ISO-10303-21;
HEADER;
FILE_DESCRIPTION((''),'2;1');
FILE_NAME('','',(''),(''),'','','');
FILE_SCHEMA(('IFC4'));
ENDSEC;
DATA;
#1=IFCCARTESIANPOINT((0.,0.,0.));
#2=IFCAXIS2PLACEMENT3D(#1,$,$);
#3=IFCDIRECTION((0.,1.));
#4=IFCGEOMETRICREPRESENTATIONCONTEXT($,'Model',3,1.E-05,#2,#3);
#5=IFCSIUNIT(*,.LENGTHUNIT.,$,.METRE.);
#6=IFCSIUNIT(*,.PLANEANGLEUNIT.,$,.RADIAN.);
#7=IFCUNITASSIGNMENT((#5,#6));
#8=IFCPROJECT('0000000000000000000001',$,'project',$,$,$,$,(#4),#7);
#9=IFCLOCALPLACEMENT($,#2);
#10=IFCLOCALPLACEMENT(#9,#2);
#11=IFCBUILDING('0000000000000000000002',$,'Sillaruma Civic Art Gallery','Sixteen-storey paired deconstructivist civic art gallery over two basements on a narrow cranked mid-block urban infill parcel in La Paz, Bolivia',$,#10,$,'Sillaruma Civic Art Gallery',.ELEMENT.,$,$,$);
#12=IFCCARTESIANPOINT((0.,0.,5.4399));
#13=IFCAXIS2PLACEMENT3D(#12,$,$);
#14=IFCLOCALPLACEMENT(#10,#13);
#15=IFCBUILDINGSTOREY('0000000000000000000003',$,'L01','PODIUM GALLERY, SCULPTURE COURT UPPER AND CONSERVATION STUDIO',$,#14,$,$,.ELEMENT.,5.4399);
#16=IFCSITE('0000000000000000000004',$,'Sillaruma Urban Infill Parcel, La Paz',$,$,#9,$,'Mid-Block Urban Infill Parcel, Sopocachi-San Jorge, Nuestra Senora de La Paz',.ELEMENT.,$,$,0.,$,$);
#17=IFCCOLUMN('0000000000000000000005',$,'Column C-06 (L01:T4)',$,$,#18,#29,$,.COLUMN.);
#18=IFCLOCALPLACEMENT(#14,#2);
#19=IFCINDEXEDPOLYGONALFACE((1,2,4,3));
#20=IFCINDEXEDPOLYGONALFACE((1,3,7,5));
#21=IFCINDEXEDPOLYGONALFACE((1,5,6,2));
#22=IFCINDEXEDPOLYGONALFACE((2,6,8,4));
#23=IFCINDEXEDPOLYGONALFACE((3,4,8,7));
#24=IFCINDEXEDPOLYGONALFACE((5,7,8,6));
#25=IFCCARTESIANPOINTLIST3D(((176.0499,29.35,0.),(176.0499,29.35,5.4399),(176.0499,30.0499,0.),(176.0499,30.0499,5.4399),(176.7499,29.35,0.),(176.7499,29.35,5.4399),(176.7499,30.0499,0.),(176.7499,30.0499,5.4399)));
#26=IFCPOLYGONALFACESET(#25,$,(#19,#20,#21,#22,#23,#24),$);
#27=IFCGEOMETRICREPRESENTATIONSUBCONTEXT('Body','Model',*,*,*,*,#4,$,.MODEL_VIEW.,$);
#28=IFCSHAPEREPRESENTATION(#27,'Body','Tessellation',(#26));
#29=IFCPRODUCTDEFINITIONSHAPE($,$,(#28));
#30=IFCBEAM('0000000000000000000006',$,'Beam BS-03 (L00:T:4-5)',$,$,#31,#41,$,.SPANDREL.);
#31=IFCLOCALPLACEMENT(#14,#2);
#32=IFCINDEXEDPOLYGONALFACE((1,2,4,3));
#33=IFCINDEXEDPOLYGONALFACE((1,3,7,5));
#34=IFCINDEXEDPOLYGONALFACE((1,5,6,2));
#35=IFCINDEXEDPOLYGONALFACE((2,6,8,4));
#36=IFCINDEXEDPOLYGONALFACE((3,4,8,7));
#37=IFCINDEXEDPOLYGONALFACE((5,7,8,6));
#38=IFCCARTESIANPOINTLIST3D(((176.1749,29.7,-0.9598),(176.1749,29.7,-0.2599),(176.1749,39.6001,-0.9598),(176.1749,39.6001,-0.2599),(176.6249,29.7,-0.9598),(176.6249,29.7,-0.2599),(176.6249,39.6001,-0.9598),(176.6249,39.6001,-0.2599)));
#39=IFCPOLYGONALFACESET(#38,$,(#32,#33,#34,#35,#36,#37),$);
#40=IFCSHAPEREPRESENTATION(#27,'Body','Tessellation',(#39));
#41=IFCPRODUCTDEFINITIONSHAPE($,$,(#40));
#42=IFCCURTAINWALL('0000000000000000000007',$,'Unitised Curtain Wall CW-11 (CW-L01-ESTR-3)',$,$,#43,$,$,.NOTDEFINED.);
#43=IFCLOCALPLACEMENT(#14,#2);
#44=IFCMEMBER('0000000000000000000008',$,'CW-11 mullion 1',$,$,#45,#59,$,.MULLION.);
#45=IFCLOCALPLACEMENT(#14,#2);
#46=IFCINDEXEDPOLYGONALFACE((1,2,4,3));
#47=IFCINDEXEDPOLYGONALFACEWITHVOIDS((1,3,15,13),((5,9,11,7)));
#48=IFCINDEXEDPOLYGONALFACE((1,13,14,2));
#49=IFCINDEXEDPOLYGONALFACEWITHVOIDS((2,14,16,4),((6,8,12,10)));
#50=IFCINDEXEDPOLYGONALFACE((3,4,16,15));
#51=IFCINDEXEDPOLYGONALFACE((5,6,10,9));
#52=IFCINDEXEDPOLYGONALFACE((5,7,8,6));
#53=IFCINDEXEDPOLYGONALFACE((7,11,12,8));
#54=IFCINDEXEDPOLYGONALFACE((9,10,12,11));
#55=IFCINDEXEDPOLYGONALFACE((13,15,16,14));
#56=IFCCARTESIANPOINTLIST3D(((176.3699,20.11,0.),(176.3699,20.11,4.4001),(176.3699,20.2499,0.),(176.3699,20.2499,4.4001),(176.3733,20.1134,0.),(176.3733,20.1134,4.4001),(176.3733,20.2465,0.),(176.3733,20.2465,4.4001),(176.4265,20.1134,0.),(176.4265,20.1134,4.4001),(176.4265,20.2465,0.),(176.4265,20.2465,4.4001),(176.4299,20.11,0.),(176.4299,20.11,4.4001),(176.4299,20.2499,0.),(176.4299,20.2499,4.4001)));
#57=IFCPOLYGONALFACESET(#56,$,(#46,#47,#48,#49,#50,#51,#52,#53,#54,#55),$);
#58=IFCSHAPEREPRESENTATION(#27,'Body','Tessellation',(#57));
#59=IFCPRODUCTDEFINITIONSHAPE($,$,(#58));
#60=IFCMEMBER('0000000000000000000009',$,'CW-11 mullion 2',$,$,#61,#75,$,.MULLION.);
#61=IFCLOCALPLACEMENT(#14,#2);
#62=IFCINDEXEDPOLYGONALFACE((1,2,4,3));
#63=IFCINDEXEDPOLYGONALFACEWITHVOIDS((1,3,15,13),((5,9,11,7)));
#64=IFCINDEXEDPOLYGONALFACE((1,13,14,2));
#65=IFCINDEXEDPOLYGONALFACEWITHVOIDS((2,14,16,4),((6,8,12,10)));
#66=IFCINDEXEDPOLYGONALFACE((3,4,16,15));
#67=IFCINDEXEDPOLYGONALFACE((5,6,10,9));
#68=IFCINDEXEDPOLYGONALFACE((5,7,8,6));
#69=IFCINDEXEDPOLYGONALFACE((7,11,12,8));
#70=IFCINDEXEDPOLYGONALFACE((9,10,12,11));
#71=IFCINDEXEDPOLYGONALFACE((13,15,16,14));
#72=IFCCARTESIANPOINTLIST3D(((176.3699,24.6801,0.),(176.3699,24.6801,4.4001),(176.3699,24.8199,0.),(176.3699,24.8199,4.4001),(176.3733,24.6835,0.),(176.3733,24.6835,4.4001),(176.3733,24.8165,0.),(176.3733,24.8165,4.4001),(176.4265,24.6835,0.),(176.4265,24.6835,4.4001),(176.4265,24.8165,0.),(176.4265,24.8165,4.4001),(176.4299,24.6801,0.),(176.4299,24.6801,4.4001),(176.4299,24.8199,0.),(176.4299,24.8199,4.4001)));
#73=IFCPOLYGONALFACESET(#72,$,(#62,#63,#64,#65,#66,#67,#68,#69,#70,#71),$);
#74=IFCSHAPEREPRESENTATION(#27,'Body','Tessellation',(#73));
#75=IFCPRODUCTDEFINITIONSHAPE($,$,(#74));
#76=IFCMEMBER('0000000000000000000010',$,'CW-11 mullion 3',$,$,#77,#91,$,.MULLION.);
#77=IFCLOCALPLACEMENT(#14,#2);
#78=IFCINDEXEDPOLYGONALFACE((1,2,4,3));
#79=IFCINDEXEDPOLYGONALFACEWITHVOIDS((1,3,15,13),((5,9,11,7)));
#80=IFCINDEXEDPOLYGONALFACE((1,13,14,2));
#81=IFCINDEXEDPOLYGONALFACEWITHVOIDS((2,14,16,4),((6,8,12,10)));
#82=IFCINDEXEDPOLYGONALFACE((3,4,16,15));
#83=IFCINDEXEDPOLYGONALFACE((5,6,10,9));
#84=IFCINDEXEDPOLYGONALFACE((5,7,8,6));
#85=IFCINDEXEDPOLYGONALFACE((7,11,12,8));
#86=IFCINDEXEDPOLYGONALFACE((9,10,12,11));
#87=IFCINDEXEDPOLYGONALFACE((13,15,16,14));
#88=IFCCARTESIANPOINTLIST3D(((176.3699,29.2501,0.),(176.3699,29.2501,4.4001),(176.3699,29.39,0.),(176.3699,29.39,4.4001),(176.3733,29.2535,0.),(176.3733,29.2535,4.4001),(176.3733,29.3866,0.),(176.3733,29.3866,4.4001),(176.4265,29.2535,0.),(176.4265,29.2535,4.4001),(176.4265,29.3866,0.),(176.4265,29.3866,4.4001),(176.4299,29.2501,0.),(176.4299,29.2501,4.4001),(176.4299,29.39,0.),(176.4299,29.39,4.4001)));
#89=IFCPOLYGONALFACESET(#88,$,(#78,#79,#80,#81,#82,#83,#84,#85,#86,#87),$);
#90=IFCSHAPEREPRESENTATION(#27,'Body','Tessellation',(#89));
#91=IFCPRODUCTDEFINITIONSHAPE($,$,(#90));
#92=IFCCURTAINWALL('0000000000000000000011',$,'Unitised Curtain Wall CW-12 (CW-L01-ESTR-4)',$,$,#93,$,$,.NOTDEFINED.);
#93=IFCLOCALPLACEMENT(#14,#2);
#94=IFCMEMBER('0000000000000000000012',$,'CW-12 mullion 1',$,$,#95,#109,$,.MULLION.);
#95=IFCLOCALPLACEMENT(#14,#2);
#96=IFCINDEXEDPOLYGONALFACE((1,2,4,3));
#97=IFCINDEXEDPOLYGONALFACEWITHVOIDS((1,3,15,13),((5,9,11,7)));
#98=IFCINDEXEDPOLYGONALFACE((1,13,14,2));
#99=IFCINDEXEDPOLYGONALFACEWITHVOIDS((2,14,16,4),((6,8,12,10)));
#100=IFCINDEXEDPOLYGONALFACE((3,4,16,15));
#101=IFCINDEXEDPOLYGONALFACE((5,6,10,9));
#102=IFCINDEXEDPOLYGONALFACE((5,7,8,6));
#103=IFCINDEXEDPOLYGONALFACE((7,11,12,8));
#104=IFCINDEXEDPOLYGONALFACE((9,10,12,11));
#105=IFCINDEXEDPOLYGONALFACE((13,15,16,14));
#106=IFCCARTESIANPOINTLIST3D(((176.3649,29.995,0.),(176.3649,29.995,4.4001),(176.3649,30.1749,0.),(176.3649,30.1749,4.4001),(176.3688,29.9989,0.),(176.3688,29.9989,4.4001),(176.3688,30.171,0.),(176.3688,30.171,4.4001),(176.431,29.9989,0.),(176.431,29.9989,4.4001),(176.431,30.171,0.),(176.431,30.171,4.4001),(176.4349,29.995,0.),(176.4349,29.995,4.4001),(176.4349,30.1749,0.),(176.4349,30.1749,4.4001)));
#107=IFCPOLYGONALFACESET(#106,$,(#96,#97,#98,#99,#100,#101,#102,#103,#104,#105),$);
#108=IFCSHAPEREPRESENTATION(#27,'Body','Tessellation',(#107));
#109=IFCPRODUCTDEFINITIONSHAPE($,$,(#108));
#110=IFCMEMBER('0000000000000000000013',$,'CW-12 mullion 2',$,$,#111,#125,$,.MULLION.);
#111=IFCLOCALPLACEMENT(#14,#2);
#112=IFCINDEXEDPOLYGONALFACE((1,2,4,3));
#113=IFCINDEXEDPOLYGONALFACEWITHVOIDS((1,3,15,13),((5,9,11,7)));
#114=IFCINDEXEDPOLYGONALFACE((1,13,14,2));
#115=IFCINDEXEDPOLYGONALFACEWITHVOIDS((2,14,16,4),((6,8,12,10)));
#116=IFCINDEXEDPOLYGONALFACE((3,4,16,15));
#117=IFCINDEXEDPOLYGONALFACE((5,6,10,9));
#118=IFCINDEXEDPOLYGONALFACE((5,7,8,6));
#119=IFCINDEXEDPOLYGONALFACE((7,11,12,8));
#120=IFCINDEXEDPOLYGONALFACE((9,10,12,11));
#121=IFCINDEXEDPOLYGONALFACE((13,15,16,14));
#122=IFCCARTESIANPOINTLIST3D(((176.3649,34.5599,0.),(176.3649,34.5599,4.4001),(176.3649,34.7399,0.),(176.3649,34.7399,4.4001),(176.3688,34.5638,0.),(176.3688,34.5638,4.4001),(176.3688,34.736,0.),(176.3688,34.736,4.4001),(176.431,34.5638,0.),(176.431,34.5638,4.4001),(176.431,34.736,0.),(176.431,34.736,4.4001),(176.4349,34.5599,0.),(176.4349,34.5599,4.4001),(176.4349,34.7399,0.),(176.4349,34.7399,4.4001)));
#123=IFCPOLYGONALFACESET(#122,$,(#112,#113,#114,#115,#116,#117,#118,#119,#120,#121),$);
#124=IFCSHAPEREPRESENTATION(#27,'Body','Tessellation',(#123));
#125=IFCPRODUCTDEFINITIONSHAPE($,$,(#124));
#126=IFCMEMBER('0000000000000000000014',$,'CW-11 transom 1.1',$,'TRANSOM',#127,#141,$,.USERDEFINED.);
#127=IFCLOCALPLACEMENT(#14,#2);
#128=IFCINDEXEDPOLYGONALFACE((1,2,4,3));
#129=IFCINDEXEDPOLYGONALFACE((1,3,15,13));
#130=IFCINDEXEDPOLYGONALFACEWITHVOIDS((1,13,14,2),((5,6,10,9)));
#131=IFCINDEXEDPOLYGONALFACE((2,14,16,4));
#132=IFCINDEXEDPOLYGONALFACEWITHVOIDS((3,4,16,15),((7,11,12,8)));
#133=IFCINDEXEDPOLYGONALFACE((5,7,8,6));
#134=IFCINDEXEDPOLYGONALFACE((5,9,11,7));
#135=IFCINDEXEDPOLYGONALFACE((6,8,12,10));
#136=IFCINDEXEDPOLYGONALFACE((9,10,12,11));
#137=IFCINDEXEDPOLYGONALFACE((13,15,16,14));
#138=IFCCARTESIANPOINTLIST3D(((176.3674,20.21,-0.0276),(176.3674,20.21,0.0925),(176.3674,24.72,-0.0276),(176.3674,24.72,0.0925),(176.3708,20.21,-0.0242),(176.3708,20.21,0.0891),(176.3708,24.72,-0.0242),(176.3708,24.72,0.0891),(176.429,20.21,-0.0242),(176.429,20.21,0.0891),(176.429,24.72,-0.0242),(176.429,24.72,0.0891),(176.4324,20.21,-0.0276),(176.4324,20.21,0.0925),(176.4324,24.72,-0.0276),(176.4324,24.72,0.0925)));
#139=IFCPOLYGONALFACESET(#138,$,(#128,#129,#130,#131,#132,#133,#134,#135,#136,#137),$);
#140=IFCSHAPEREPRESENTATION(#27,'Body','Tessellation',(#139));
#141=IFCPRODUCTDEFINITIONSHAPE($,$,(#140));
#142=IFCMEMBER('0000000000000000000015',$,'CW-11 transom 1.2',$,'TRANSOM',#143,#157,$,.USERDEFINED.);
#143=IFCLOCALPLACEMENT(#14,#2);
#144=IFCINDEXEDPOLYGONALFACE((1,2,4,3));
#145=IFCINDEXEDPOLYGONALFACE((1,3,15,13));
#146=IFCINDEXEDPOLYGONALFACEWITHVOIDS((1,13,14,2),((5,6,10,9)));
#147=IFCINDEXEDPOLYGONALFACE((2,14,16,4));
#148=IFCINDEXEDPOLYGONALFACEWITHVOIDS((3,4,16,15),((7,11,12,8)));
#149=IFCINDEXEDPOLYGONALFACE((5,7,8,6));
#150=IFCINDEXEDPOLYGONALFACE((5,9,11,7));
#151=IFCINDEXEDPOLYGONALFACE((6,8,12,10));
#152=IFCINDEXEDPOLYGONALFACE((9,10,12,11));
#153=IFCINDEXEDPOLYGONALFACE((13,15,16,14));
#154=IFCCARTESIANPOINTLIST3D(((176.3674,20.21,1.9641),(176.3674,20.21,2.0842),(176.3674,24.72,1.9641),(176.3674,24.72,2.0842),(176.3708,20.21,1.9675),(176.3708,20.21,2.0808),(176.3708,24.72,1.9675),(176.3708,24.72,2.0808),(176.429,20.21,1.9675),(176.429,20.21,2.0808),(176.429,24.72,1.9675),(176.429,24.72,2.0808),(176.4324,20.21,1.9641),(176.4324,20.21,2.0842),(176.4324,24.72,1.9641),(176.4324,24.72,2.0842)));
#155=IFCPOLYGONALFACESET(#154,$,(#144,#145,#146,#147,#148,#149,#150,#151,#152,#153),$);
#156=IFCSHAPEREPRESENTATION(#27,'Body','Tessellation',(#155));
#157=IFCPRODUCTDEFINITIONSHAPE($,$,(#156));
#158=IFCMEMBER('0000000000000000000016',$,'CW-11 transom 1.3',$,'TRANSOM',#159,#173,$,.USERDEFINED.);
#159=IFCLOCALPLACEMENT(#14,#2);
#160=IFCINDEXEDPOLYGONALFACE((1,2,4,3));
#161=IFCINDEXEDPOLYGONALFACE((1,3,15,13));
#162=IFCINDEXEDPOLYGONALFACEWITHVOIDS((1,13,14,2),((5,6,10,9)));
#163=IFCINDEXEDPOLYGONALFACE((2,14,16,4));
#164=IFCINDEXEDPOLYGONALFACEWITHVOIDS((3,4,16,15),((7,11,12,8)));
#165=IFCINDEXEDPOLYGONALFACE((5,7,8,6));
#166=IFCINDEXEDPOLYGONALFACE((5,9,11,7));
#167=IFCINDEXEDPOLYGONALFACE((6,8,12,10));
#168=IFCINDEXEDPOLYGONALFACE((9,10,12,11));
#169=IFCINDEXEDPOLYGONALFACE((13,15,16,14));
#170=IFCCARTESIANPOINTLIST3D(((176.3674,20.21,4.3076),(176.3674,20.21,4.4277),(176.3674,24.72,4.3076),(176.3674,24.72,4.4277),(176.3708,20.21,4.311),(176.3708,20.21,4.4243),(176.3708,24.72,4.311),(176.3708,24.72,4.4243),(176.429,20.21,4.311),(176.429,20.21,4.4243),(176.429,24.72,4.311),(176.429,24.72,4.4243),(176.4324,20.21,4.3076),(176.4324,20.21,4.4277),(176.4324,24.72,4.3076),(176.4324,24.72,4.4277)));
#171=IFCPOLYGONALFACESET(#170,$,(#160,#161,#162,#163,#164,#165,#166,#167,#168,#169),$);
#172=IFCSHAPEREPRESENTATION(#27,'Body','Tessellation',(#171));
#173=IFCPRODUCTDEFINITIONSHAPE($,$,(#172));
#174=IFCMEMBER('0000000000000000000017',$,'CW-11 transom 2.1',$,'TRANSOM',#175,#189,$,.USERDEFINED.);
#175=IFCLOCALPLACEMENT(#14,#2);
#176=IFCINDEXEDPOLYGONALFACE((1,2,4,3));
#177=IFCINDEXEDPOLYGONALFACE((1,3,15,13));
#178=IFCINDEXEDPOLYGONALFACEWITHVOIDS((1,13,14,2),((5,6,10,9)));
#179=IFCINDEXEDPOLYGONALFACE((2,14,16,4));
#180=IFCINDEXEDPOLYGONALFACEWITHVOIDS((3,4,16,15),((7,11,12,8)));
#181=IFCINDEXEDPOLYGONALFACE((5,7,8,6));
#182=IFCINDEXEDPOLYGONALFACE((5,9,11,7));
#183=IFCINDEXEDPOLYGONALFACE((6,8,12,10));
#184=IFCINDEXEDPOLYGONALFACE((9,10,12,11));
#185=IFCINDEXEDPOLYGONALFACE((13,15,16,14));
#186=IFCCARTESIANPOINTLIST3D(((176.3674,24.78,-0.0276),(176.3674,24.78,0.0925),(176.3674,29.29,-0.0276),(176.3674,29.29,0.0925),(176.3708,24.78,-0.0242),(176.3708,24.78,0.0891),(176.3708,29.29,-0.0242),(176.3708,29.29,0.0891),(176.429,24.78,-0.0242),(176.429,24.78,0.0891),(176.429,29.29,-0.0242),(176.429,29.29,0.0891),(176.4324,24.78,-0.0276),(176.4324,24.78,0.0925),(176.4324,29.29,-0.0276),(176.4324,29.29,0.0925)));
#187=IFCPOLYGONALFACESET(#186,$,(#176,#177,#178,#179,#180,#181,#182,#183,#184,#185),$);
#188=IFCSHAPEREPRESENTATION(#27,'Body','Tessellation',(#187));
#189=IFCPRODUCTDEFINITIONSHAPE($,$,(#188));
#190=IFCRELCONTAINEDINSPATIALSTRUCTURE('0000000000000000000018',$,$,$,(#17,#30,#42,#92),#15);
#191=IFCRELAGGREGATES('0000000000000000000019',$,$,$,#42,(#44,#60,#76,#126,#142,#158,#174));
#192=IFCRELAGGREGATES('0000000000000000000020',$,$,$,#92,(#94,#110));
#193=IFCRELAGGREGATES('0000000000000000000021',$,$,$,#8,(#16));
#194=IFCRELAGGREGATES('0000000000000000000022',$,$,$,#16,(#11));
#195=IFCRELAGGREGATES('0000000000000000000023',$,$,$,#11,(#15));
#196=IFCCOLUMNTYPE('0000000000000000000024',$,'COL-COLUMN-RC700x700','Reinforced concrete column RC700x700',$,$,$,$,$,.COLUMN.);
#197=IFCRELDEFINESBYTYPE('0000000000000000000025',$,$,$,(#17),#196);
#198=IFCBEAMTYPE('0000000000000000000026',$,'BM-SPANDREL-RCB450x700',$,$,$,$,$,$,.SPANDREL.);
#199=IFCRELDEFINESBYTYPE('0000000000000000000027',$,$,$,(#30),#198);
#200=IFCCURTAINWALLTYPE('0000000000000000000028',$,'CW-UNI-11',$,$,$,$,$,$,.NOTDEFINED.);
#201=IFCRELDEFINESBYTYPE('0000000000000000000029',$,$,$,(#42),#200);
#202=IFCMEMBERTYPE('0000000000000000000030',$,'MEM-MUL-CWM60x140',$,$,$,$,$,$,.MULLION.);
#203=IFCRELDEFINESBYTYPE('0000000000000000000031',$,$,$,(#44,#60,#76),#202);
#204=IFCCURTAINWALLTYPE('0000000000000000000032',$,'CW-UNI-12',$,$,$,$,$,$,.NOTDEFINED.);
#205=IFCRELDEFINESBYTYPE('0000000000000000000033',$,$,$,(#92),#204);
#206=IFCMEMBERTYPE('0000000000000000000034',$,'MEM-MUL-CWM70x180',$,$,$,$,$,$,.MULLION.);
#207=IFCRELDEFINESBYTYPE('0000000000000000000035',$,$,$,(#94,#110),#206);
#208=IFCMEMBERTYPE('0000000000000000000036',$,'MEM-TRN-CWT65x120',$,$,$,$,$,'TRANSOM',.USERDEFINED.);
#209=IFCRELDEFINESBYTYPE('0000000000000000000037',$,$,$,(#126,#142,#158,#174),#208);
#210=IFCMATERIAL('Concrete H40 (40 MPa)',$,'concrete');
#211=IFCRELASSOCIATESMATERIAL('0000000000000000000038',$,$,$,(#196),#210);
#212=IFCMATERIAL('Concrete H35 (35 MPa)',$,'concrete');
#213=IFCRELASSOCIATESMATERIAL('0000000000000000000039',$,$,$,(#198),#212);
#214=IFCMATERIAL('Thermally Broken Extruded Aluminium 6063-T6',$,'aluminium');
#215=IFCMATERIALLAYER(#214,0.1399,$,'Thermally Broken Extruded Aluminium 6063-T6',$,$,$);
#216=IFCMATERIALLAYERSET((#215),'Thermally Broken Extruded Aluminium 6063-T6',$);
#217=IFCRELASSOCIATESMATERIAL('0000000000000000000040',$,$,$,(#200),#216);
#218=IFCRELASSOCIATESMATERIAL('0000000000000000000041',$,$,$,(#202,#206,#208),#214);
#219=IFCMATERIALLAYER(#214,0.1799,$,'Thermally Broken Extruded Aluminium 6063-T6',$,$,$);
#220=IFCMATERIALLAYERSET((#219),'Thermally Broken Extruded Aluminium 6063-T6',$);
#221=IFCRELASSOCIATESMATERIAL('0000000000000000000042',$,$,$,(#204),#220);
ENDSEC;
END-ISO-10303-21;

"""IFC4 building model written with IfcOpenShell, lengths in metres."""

from ifc_helpers import new_model, si_unit, direction, frame, origin, origin_2d, place, context, subcontext, project, spatial, rectangle, hollow_rectangle, extrude, material, layer, layer_set, material_profile, profile_set, type_object, element, aggregate, save


model = new_model("IFC4")

# Units and contexts
model_context = context("Model", 3, precision=1e-05, world=origin(), true_north=direction((0.0, 1.0)))
body_context = subcontext(model_context, "Body", "Model", "MODEL_VIEW")
ifc_project = project(units=[si_unit("LENGTHUNIT", "METRE"), si_unit("PLANEANGLEUNIT", "RADIAN")], contexts=[model_context])

# Site, building, storey
site_placement = place(None, origin())
site = spatial("IfcSite", under=ifc_project, at=site_placement, Name="Sillaruma Urban Infill Parcel, La Paz", LongName="Mid-Block Urban Infill Parcel, Sopocachi-San Jorge, Nuestra Senora de La Paz", CompositionType="ELEMENT", RefElevation=0.0)
building_placement = place(site_placement, origin())
building = spatial("IfcBuilding", under=site, at=building_placement, Name="Sillaruma Civic Art Gallery", Description="Sixteen-storey paired deconstructivist civic art gallery over two basements on a narrow cranked mid-block urban infill parcel in La Paz, Bolivia", LongName="Sillaruma Civic Art Gallery", CompositionType="ELEMENT")
storey_placement = place(building_placement, frame((0.0, 0.0, 5.4399)))
storey = spatial("IfcBuildingStorey", under=building, at=storey_placement, Name="L01", Description="PODIUM GALLERY, SCULPTURE COURT UPPER AND CONSERVATION STUDIO", CompositionType="ELEMENT", Elevation=5.4399)

# Column
ifc_material_1 = material(Name="Concrete H40 (40 MPa)", Category="concrete")
ifc_material_profile_1 = material_profile(ifc_material_1, rectangle(XDim=0.7, YDim=0.7, at=origin_2d()), Name="RC700x700")
ifc_profile_set_1 = profile_set([ifc_material_profile_1], Name="Concrete H40 (40 MPa)")
column_type = type_object("IfcColumnType", Name="COL-COLUMN-RC700x700", Description="Reinforced concrete column RC700x700", PredefinedType="COLUMN", material=ifc_profile_set_1)
column_placement = place(storey_placement, frame((176.3999, 29.7, 0.0), z_axis=(0.0, 0.0, 1.0), x_axis=(1.0, 0.0, 0.0)))
element("IfcColumn", 1, at=column_placement, inside=storey, type_object=column_type, Name="Column C-06 (L01:T4)", PredefinedType="COLUMN", context=body_context, shape_type="SweptSolid", body=[
    extrude(rectangle(XDim=0.7, YDim=0.7, at=origin_2d()), origin(), (0.0, 0.0, 1.0), 5.4399),
])

# Beam
ifc_material_2 = material(Name="Concrete H35 (35 MPa)", Category="concrete")
ifc_material_profile_2 = material_profile(ifc_material_2, rectangle(XDim=0.45, YDim=0.7, at=origin_2d()), Name="RCB450x700")
ifc_profile_set_2 = profile_set([ifc_material_profile_2], Name="Concrete H35 (35 MPa)")
beam_type = type_object("IfcBeamType", Name="BM-SPANDREL-RCB450x700", PredefinedType="SPANDREL", material=ifc_profile_set_2)
beam_placement = place(storey_placement, frame((176.3999, 29.7, -0.6099), z_axis=(0.0, 1.0, 0.0), x_axis=(-1.0, 0.0, 0.0)))
element("IfcBeam", 2, at=beam_placement, inside=storey, type_object=beam_type, Name="Beam BS-03 (L00:T:4-5)", PredefinedType="SPANDREL", context=body_context, shape_type="SweptSolid", body=[
    extrude(rectangle(XDim=0.45, YDim=0.7, at=origin_2d()), origin(), (0.0, 0.0, 1.0), 9.9001),
])

# Curtain walls, members
ifc_material_3 = material(Name="Thermally Broken Extruded Aluminium 6063-T6", Category="aluminium")
ifc_layer_1 = layer(ifc_material_3, 0.1399, Name="Thermally Broken Extruded Aluminium 6063-T6")
ifc_layer_set_1 = layer_set([ifc_layer_1], Name="Thermally Broken Extruded Aluminium 6063-T6")
curtain_wall_type_1 = type_object("IfcCurtainWallType", Name="CW-UNI-11", PredefinedType="NOTDEFINED", material=ifc_layer_set_1)
curtain_wall_1_placement = place(storey_placement, origin())
curtain_wall_1 = element("IfcCurtainWall", 3, at=curtain_wall_1_placement, inside=storey, type_object=curtain_wall_type_1, Name="Unitised Curtain Wall CW-11 (CW-L01-ESTR-3)", PredefinedType="NOTDEFINED")
ifc_material_profile_3 = material_profile(ifc_material_3, hollow_rectangle(XDim=0.0601, YDim=0.1399, WallThickness=0.0034, at=origin_2d()), Name="CWM60x140")
ifc_profile_set_3 = profile_set([ifc_material_profile_3], Name="Thermally Broken Extruded Aluminium 6063-T6")
member_type_1 = type_object("IfcMemberType", Name="MEM-MUL-CWM60x140", PredefinedType="MULLION", material=ifc_profile_set_3)
member_1_placement = place(storey_placement, frame((176.3999, 20.1799, 0.0), z_axis=(0.0, 0.0, 1.0), x_axis=(-1.0, 0.0, 0.0)))
member_1 = element("IfcMember", 4, at=member_1_placement, type_object=member_type_1, Name="CW-11 mullion 1", PredefinedType="MULLION", context=body_context, shape_type="SweptSolid", body=[
    extrude(hollow_rectangle(XDim=0.0601, YDim=0.1399, WallThickness=0.0034, at=origin_2d()), origin(), (0.0, 0.0, 1.0), 4.4001),
])
member_2_placement = place(storey_placement, frame((176.3999, 24.75, 0.0), z_axis=(0.0, 0.0, 1.0), x_axis=(-1.0, 0.0, 0.0)))
member_2 = element("IfcMember", 5, at=member_2_placement, type_object=member_type_1, Name="CW-11 mullion 2", PredefinedType="MULLION", context=body_context, shape_type="SweptSolid", body=[
    extrude(hollow_rectangle(XDim=0.0601, YDim=0.1399, WallThickness=0.0034, at=origin_2d()), origin(), (0.0, 0.0, 1.0), 4.4001),
])
member_3_placement = place(storey_placement, frame((176.3999, 29.3201, 0.0), z_axis=(0.0, 0.0, 1.0), x_axis=(-1.0, 0.0, 0.0)))
member_3 = element("IfcMember", 6, at=member_3_placement, type_object=member_type_1, Name="CW-11 mullion 3", PredefinedType="MULLION", context=body_context, shape_type="SweptSolid", body=[
    extrude(hollow_rectangle(XDim=0.0601, YDim=0.1399, WallThickness=0.0034, at=origin_2d()), origin(), (0.0, 0.0, 1.0), 4.4001),
])
ifc_layer_2 = layer(ifc_material_3, 0.1799, Name="Thermally Broken Extruded Aluminium 6063-T6")
ifc_layer_set_2 = layer_set([ifc_layer_2], Name="Thermally Broken Extruded Aluminium 6063-T6")
curtain_wall_type_2 = type_object("IfcCurtainWallType", Name="CW-UNI-12", PredefinedType="NOTDEFINED", material=ifc_layer_set_2)
curtain_wall_2_placement = place(storey_placement, origin())
curtain_wall_2 = element("IfcCurtainWall", 7, at=curtain_wall_2_placement, inside=storey, type_object=curtain_wall_type_2, Name="Unitised Curtain Wall CW-12 (CW-L01-ESTR-4)", PredefinedType="NOTDEFINED")
ifc_material_profile_4 = material_profile(ifc_material_3, hollow_rectangle(XDim=0.0701, YDim=0.1799, WallThickness=0.0039, at=origin_2d()), Name="CWM70x180")
ifc_profile_set_4 = profile_set([ifc_material_profile_4], Name="Thermally Broken Extruded Aluminium 6063-T6")
member_type_2 = type_object("IfcMemberType", Name="MEM-MUL-CWM70x180", PredefinedType="MULLION", material=ifc_profile_set_4)
member_4_placement = place(storey_placement, frame((176.3999, 30.085, 0.0), z_axis=(0.0, 0.0, 1.0), x_axis=(-1.0, 0.0, 0.0)))
member_4 = element("IfcMember", 8, at=member_4_placement, type_object=member_type_2, Name="CW-12 mullion 1", PredefinedType="MULLION", context=body_context, shape_type="SweptSolid", body=[
    extrude(hollow_rectangle(XDim=0.0701, YDim=0.1799, WallThickness=0.0039, at=origin_2d()), origin(), (0.0, 0.0, 1.0), 4.4001),
])
member_5_placement = place(storey_placement, frame((176.3999, 34.6499, 0.0), z_axis=(0.0, 0.0, 1.0), x_axis=(-1.0, 0.0, 0.0)))
member_5 = element("IfcMember", 9, at=member_5_placement, type_object=member_type_2, Name="CW-12 mullion 2", PredefinedType="MULLION", context=body_context, shape_type="SweptSolid", body=[
    extrude(hollow_rectangle(XDim=0.0701, YDim=0.1799, WallThickness=0.0039, at=origin_2d()), origin(), (0.0, 0.0, 1.0), 4.4001),
])

# Members
ifc_material_profile_5 = material_profile(ifc_material_3, hollow_rectangle(XDim=0.0649, YDim=0.1201, WallThickness=0.0034, at=origin_2d()), Name="CWT65x120")
ifc_profile_set_5 = profile_set([ifc_material_profile_5], Name="Thermally Broken Extruded Aluminium 6063-T6")
member_type_3 = type_object("IfcMemberType", Name="MEM-TRN-CWT65x120", ElementType="TRANSOM", PredefinedType="USERDEFINED", material=ifc_profile_set_5)
member_6_placement = place(storey_placement, frame((176.3999, 20.21, 0.0325), z_axis=(0.0, 1.0, 0.0), x_axis=(-1.0, 0.0, 0.0)))
member_6 = element("IfcMember", 10, at=member_6_placement, type_object=member_type_3, Name="CW-11 transom 1.1", ObjectType="TRANSOM", PredefinedType="USERDEFINED", context=body_context, shape_type="SweptSolid", body=[
    extrude(hollow_rectangle(XDim=0.0649, YDim=0.1201, WallThickness=0.0034, at=origin_2d()), origin(), (0.0, 0.0, 1.0), 4.51),
])
member_7_placement = place(storey_placement, frame((176.3999, 20.21, 2.0242), z_axis=(0.0, 1.0, 0.0), x_axis=(-1.0, 0.0, 0.0)))
member_7 = element("IfcMember", 11, at=member_7_placement, type_object=member_type_3, Name="CW-11 transom 1.2", ObjectType="TRANSOM", PredefinedType="USERDEFINED", context=body_context, shape_type="SweptSolid", body=[
    extrude(hollow_rectangle(XDim=0.0649, YDim=0.1201, WallThickness=0.0034, at=origin_2d()), origin(), (0.0, 0.0, 1.0), 4.51),
])
member_8_placement = place(storey_placement, frame((176.3999, 20.21, 4.3677), z_axis=(0.0, 1.0, 0.0), x_axis=(-1.0, 0.0, 0.0)))
member_8 = element("IfcMember", 12, at=member_8_placement, type_object=member_type_3, Name="CW-11 transom 1.3", ObjectType="TRANSOM", PredefinedType="USERDEFINED", context=body_context, shape_type="SweptSolid", body=[
    extrude(hollow_rectangle(XDim=0.0649, YDim=0.1201, WallThickness=0.0034, at=origin_2d()), origin(), (0.0, 0.0, 1.0), 4.51),
])
member_9_placement = place(storey_placement, frame((176.3999, 24.78, 0.0325), z_axis=(0.0, 1.0, 0.0), x_axis=(-1.0, 0.0, 0.0)))
member_9 = element("IfcMember", 13, at=member_9_placement, type_object=member_type_3, Name="CW-11 transom 2.1", ObjectType="TRANSOM", PredefinedType="USERDEFINED", context=body_context, shape_type="SweptSolid", body=[
    extrude(hollow_rectangle(XDim=0.0649, YDim=0.1201, WallThickness=0.0034, at=origin_2d()), origin(), (0.0, 0.0, 1.0), 4.51),
])

aggregate(curtain_wall_1, [member_1, member_2, member_3, member_6, member_7, member_8, member_9])
aggregate(curtain_wall_2, [member_4, member_5])

save(model, "model.ifc")
